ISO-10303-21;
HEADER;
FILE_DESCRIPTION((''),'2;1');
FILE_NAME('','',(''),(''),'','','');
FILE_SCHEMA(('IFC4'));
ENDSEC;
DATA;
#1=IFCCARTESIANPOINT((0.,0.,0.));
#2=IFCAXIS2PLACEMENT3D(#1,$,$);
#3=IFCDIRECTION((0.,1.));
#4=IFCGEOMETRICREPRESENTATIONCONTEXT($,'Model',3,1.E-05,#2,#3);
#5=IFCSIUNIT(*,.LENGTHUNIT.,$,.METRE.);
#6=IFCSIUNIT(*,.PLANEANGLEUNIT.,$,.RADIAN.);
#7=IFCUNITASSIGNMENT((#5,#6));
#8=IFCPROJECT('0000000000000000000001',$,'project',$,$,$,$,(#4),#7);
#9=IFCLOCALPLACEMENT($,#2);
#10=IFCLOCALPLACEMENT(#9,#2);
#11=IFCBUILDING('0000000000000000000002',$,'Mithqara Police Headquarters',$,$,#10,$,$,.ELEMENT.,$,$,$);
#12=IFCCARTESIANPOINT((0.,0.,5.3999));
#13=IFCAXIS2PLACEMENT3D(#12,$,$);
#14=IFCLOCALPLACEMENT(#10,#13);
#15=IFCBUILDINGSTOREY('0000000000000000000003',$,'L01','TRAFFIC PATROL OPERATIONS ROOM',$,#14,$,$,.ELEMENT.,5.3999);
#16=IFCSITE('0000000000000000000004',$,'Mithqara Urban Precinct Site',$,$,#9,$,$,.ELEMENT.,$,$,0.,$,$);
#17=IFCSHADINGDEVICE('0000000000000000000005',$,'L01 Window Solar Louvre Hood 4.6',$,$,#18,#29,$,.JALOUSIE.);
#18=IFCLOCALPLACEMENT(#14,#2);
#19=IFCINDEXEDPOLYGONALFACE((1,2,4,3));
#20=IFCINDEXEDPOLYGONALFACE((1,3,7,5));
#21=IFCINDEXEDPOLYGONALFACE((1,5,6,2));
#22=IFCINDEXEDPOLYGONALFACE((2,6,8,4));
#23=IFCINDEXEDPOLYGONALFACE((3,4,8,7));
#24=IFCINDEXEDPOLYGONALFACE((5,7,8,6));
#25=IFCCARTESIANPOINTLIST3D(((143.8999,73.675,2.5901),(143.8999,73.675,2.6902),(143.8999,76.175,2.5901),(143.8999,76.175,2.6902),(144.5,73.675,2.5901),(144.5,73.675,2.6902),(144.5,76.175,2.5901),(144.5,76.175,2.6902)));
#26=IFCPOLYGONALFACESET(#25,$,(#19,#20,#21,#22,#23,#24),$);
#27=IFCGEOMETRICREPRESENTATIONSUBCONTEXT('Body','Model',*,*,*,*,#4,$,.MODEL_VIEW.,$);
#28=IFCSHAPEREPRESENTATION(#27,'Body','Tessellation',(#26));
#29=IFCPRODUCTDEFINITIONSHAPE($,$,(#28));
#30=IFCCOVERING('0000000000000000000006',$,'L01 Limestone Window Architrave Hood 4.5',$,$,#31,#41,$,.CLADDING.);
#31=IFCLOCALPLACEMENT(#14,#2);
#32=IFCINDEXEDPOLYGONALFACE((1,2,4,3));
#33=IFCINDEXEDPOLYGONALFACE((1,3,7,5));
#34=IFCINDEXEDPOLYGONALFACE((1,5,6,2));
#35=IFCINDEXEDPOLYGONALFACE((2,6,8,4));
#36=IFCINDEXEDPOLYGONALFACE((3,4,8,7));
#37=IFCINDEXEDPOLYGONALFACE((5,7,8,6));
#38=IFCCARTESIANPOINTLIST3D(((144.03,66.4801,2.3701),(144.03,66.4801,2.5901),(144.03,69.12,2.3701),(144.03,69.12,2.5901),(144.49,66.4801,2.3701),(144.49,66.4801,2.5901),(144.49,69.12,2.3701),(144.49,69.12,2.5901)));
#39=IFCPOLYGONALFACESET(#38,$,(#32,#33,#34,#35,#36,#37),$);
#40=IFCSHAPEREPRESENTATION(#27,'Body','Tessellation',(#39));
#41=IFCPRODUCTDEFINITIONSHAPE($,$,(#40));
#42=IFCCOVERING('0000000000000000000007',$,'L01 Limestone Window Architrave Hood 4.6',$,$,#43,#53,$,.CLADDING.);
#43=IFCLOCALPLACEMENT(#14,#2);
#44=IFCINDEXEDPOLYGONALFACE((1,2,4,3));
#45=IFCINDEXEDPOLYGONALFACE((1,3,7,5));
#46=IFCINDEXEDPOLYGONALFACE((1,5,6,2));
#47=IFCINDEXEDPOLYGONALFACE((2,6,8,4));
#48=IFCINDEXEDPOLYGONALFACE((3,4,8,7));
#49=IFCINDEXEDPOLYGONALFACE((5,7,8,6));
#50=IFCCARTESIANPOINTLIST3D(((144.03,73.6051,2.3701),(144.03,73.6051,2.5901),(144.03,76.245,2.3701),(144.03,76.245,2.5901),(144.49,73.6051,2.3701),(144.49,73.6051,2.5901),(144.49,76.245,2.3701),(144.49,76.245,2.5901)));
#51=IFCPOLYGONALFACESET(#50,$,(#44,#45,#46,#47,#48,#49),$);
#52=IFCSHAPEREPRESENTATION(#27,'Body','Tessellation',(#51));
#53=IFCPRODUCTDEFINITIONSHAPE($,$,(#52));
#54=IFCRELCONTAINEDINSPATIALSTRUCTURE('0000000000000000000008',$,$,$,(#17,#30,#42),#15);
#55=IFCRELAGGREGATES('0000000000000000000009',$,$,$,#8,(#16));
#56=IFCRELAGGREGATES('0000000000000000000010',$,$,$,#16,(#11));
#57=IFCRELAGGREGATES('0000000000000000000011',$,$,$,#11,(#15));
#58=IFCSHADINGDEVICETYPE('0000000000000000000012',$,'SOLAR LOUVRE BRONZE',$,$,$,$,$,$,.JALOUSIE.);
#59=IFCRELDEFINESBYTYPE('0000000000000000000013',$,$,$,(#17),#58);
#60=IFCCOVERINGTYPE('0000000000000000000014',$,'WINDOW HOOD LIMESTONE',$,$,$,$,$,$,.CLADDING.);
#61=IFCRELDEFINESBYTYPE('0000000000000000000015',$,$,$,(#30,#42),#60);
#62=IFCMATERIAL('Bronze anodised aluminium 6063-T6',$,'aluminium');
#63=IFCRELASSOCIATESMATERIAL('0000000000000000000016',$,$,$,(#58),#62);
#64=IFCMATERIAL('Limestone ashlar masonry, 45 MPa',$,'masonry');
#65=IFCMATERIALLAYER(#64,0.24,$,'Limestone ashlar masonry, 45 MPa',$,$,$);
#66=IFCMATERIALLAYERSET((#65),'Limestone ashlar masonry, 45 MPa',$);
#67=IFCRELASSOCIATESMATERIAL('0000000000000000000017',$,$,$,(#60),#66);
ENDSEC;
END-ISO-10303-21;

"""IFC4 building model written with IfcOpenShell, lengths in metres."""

from ifc_helpers import new_model, si_unit, direction, frame, origin, origin_2d, place, context, subcontext, project, spatial, rectangle, extrude, material, layer, layer_set, type_object, element, save


model = new_model("IFC4")

# Units and contexts
model_context = context("Model", 3, precision=1e-05, world=origin(), true_north=direction((0.0, 1.0)))
body_context = subcontext(model_context, "Body", "Model", "MODEL_VIEW")
ifc_project = project(units=[si_unit("LENGTHUNIT", "METRE"), si_unit("PLANEANGLEUNIT", "RADIAN")], contexts=[model_context])

# Site, building, storey
site_placement = place(None, origin())
site = spatial("IfcSite", under=ifc_project, at=site_placement, Name="Mithqara Urban Precinct Site", CompositionType="ELEMENT", RefElevation=0.0)
building_placement = place(site_placement, origin())
building = spatial("IfcBuilding", under=site, at=building_placement, Name="Mithqara Police Headquarters", CompositionType="ELEMENT")
storey_placement = place(building_placement, frame((0.0, 0.0, 5.3999)))
storey = spatial("IfcBuildingStorey", under=building, at=storey_placement, Name="L01", Description="TRAFFIC PATROL OPERATIONS ROOM", CompositionType="ELEMENT", Elevation=5.3999)

# Shared definitions
ifc_material_1 = material(Name="Bronze anodised aluminium 6063-T6", Category="aluminium")

# Shading device
shading_device_type = type_object("IfcShadingDeviceType", Name="SOLAR LOUVRE BRONZE", PredefinedType="JALOUSIE", material=ifc_material_1)
shading_device_placement = place(storey_placement, frame((144.2, 74.925, 2.5901), z_axis=(0.0, 0.0, 1.0), x_axis=(0.0, 1.0, 0.0)))
element("IfcShadingDevice", 1, at=shading_device_placement, inside=storey, type_object=shading_device_type, Name="L01 Window Solar Louvre Hood 4.6", PredefinedType="JALOUSIE", context=body_context, shape_type="SweptSolid", body=[
    extrude(rectangle(XDim=2.5, YDim=0.6001, at=origin_2d()), origin(), (0.0, 0.0, 1.0), 0.1001),
])

# Coverings
ifc_material_2 = material(Name="Limestone ashlar masonry, 45 MPa", Category="masonry")
ifc_layer_1 = layer(ifc_material_2, 0.24, Name="Limestone ashlar masonry, 45 MPa")
ifc_layer_set_1 = layer_set([ifc_layer_1], Name="Limestone ashlar masonry, 45 MPa")
covering_type = type_object("IfcCoveringType", Name="WINDOW HOOD LIMESTONE", PredefinedType="CLADDING", material=ifc_layer_set_1)
for number, where, z_axis, x_axis, name in (
    (2, (144.26, 67.8, 2.3701), (0.0, 0.0, 1.0), (0.0, 1.0, 0.0), "L01 Limestone Window Architrave Hood 4.5"),
    (3, (144.26, 74.925, 2.3701), (0.0, 0.0, 1.0), (0.0, 1.0, 0.0), "L01 Limestone Window Architrave Hood 4.6"),
):
    element("IfcCovering", number, at=place(storey_placement, frame(where, z_axis=z_axis, x_axis=x_axis)), inside=storey, type_object=covering_type, Name=name, PredefinedType="CLADDING", context=body_context, shape_type="SweptSolid", body=[
        extrude(rectangle(XDim=2.6399, YDim=0.46, at=origin_2d()), origin(), (0.0, 0.0, 1.0), 0.22),
    ])

save(model, "model.ifc")
